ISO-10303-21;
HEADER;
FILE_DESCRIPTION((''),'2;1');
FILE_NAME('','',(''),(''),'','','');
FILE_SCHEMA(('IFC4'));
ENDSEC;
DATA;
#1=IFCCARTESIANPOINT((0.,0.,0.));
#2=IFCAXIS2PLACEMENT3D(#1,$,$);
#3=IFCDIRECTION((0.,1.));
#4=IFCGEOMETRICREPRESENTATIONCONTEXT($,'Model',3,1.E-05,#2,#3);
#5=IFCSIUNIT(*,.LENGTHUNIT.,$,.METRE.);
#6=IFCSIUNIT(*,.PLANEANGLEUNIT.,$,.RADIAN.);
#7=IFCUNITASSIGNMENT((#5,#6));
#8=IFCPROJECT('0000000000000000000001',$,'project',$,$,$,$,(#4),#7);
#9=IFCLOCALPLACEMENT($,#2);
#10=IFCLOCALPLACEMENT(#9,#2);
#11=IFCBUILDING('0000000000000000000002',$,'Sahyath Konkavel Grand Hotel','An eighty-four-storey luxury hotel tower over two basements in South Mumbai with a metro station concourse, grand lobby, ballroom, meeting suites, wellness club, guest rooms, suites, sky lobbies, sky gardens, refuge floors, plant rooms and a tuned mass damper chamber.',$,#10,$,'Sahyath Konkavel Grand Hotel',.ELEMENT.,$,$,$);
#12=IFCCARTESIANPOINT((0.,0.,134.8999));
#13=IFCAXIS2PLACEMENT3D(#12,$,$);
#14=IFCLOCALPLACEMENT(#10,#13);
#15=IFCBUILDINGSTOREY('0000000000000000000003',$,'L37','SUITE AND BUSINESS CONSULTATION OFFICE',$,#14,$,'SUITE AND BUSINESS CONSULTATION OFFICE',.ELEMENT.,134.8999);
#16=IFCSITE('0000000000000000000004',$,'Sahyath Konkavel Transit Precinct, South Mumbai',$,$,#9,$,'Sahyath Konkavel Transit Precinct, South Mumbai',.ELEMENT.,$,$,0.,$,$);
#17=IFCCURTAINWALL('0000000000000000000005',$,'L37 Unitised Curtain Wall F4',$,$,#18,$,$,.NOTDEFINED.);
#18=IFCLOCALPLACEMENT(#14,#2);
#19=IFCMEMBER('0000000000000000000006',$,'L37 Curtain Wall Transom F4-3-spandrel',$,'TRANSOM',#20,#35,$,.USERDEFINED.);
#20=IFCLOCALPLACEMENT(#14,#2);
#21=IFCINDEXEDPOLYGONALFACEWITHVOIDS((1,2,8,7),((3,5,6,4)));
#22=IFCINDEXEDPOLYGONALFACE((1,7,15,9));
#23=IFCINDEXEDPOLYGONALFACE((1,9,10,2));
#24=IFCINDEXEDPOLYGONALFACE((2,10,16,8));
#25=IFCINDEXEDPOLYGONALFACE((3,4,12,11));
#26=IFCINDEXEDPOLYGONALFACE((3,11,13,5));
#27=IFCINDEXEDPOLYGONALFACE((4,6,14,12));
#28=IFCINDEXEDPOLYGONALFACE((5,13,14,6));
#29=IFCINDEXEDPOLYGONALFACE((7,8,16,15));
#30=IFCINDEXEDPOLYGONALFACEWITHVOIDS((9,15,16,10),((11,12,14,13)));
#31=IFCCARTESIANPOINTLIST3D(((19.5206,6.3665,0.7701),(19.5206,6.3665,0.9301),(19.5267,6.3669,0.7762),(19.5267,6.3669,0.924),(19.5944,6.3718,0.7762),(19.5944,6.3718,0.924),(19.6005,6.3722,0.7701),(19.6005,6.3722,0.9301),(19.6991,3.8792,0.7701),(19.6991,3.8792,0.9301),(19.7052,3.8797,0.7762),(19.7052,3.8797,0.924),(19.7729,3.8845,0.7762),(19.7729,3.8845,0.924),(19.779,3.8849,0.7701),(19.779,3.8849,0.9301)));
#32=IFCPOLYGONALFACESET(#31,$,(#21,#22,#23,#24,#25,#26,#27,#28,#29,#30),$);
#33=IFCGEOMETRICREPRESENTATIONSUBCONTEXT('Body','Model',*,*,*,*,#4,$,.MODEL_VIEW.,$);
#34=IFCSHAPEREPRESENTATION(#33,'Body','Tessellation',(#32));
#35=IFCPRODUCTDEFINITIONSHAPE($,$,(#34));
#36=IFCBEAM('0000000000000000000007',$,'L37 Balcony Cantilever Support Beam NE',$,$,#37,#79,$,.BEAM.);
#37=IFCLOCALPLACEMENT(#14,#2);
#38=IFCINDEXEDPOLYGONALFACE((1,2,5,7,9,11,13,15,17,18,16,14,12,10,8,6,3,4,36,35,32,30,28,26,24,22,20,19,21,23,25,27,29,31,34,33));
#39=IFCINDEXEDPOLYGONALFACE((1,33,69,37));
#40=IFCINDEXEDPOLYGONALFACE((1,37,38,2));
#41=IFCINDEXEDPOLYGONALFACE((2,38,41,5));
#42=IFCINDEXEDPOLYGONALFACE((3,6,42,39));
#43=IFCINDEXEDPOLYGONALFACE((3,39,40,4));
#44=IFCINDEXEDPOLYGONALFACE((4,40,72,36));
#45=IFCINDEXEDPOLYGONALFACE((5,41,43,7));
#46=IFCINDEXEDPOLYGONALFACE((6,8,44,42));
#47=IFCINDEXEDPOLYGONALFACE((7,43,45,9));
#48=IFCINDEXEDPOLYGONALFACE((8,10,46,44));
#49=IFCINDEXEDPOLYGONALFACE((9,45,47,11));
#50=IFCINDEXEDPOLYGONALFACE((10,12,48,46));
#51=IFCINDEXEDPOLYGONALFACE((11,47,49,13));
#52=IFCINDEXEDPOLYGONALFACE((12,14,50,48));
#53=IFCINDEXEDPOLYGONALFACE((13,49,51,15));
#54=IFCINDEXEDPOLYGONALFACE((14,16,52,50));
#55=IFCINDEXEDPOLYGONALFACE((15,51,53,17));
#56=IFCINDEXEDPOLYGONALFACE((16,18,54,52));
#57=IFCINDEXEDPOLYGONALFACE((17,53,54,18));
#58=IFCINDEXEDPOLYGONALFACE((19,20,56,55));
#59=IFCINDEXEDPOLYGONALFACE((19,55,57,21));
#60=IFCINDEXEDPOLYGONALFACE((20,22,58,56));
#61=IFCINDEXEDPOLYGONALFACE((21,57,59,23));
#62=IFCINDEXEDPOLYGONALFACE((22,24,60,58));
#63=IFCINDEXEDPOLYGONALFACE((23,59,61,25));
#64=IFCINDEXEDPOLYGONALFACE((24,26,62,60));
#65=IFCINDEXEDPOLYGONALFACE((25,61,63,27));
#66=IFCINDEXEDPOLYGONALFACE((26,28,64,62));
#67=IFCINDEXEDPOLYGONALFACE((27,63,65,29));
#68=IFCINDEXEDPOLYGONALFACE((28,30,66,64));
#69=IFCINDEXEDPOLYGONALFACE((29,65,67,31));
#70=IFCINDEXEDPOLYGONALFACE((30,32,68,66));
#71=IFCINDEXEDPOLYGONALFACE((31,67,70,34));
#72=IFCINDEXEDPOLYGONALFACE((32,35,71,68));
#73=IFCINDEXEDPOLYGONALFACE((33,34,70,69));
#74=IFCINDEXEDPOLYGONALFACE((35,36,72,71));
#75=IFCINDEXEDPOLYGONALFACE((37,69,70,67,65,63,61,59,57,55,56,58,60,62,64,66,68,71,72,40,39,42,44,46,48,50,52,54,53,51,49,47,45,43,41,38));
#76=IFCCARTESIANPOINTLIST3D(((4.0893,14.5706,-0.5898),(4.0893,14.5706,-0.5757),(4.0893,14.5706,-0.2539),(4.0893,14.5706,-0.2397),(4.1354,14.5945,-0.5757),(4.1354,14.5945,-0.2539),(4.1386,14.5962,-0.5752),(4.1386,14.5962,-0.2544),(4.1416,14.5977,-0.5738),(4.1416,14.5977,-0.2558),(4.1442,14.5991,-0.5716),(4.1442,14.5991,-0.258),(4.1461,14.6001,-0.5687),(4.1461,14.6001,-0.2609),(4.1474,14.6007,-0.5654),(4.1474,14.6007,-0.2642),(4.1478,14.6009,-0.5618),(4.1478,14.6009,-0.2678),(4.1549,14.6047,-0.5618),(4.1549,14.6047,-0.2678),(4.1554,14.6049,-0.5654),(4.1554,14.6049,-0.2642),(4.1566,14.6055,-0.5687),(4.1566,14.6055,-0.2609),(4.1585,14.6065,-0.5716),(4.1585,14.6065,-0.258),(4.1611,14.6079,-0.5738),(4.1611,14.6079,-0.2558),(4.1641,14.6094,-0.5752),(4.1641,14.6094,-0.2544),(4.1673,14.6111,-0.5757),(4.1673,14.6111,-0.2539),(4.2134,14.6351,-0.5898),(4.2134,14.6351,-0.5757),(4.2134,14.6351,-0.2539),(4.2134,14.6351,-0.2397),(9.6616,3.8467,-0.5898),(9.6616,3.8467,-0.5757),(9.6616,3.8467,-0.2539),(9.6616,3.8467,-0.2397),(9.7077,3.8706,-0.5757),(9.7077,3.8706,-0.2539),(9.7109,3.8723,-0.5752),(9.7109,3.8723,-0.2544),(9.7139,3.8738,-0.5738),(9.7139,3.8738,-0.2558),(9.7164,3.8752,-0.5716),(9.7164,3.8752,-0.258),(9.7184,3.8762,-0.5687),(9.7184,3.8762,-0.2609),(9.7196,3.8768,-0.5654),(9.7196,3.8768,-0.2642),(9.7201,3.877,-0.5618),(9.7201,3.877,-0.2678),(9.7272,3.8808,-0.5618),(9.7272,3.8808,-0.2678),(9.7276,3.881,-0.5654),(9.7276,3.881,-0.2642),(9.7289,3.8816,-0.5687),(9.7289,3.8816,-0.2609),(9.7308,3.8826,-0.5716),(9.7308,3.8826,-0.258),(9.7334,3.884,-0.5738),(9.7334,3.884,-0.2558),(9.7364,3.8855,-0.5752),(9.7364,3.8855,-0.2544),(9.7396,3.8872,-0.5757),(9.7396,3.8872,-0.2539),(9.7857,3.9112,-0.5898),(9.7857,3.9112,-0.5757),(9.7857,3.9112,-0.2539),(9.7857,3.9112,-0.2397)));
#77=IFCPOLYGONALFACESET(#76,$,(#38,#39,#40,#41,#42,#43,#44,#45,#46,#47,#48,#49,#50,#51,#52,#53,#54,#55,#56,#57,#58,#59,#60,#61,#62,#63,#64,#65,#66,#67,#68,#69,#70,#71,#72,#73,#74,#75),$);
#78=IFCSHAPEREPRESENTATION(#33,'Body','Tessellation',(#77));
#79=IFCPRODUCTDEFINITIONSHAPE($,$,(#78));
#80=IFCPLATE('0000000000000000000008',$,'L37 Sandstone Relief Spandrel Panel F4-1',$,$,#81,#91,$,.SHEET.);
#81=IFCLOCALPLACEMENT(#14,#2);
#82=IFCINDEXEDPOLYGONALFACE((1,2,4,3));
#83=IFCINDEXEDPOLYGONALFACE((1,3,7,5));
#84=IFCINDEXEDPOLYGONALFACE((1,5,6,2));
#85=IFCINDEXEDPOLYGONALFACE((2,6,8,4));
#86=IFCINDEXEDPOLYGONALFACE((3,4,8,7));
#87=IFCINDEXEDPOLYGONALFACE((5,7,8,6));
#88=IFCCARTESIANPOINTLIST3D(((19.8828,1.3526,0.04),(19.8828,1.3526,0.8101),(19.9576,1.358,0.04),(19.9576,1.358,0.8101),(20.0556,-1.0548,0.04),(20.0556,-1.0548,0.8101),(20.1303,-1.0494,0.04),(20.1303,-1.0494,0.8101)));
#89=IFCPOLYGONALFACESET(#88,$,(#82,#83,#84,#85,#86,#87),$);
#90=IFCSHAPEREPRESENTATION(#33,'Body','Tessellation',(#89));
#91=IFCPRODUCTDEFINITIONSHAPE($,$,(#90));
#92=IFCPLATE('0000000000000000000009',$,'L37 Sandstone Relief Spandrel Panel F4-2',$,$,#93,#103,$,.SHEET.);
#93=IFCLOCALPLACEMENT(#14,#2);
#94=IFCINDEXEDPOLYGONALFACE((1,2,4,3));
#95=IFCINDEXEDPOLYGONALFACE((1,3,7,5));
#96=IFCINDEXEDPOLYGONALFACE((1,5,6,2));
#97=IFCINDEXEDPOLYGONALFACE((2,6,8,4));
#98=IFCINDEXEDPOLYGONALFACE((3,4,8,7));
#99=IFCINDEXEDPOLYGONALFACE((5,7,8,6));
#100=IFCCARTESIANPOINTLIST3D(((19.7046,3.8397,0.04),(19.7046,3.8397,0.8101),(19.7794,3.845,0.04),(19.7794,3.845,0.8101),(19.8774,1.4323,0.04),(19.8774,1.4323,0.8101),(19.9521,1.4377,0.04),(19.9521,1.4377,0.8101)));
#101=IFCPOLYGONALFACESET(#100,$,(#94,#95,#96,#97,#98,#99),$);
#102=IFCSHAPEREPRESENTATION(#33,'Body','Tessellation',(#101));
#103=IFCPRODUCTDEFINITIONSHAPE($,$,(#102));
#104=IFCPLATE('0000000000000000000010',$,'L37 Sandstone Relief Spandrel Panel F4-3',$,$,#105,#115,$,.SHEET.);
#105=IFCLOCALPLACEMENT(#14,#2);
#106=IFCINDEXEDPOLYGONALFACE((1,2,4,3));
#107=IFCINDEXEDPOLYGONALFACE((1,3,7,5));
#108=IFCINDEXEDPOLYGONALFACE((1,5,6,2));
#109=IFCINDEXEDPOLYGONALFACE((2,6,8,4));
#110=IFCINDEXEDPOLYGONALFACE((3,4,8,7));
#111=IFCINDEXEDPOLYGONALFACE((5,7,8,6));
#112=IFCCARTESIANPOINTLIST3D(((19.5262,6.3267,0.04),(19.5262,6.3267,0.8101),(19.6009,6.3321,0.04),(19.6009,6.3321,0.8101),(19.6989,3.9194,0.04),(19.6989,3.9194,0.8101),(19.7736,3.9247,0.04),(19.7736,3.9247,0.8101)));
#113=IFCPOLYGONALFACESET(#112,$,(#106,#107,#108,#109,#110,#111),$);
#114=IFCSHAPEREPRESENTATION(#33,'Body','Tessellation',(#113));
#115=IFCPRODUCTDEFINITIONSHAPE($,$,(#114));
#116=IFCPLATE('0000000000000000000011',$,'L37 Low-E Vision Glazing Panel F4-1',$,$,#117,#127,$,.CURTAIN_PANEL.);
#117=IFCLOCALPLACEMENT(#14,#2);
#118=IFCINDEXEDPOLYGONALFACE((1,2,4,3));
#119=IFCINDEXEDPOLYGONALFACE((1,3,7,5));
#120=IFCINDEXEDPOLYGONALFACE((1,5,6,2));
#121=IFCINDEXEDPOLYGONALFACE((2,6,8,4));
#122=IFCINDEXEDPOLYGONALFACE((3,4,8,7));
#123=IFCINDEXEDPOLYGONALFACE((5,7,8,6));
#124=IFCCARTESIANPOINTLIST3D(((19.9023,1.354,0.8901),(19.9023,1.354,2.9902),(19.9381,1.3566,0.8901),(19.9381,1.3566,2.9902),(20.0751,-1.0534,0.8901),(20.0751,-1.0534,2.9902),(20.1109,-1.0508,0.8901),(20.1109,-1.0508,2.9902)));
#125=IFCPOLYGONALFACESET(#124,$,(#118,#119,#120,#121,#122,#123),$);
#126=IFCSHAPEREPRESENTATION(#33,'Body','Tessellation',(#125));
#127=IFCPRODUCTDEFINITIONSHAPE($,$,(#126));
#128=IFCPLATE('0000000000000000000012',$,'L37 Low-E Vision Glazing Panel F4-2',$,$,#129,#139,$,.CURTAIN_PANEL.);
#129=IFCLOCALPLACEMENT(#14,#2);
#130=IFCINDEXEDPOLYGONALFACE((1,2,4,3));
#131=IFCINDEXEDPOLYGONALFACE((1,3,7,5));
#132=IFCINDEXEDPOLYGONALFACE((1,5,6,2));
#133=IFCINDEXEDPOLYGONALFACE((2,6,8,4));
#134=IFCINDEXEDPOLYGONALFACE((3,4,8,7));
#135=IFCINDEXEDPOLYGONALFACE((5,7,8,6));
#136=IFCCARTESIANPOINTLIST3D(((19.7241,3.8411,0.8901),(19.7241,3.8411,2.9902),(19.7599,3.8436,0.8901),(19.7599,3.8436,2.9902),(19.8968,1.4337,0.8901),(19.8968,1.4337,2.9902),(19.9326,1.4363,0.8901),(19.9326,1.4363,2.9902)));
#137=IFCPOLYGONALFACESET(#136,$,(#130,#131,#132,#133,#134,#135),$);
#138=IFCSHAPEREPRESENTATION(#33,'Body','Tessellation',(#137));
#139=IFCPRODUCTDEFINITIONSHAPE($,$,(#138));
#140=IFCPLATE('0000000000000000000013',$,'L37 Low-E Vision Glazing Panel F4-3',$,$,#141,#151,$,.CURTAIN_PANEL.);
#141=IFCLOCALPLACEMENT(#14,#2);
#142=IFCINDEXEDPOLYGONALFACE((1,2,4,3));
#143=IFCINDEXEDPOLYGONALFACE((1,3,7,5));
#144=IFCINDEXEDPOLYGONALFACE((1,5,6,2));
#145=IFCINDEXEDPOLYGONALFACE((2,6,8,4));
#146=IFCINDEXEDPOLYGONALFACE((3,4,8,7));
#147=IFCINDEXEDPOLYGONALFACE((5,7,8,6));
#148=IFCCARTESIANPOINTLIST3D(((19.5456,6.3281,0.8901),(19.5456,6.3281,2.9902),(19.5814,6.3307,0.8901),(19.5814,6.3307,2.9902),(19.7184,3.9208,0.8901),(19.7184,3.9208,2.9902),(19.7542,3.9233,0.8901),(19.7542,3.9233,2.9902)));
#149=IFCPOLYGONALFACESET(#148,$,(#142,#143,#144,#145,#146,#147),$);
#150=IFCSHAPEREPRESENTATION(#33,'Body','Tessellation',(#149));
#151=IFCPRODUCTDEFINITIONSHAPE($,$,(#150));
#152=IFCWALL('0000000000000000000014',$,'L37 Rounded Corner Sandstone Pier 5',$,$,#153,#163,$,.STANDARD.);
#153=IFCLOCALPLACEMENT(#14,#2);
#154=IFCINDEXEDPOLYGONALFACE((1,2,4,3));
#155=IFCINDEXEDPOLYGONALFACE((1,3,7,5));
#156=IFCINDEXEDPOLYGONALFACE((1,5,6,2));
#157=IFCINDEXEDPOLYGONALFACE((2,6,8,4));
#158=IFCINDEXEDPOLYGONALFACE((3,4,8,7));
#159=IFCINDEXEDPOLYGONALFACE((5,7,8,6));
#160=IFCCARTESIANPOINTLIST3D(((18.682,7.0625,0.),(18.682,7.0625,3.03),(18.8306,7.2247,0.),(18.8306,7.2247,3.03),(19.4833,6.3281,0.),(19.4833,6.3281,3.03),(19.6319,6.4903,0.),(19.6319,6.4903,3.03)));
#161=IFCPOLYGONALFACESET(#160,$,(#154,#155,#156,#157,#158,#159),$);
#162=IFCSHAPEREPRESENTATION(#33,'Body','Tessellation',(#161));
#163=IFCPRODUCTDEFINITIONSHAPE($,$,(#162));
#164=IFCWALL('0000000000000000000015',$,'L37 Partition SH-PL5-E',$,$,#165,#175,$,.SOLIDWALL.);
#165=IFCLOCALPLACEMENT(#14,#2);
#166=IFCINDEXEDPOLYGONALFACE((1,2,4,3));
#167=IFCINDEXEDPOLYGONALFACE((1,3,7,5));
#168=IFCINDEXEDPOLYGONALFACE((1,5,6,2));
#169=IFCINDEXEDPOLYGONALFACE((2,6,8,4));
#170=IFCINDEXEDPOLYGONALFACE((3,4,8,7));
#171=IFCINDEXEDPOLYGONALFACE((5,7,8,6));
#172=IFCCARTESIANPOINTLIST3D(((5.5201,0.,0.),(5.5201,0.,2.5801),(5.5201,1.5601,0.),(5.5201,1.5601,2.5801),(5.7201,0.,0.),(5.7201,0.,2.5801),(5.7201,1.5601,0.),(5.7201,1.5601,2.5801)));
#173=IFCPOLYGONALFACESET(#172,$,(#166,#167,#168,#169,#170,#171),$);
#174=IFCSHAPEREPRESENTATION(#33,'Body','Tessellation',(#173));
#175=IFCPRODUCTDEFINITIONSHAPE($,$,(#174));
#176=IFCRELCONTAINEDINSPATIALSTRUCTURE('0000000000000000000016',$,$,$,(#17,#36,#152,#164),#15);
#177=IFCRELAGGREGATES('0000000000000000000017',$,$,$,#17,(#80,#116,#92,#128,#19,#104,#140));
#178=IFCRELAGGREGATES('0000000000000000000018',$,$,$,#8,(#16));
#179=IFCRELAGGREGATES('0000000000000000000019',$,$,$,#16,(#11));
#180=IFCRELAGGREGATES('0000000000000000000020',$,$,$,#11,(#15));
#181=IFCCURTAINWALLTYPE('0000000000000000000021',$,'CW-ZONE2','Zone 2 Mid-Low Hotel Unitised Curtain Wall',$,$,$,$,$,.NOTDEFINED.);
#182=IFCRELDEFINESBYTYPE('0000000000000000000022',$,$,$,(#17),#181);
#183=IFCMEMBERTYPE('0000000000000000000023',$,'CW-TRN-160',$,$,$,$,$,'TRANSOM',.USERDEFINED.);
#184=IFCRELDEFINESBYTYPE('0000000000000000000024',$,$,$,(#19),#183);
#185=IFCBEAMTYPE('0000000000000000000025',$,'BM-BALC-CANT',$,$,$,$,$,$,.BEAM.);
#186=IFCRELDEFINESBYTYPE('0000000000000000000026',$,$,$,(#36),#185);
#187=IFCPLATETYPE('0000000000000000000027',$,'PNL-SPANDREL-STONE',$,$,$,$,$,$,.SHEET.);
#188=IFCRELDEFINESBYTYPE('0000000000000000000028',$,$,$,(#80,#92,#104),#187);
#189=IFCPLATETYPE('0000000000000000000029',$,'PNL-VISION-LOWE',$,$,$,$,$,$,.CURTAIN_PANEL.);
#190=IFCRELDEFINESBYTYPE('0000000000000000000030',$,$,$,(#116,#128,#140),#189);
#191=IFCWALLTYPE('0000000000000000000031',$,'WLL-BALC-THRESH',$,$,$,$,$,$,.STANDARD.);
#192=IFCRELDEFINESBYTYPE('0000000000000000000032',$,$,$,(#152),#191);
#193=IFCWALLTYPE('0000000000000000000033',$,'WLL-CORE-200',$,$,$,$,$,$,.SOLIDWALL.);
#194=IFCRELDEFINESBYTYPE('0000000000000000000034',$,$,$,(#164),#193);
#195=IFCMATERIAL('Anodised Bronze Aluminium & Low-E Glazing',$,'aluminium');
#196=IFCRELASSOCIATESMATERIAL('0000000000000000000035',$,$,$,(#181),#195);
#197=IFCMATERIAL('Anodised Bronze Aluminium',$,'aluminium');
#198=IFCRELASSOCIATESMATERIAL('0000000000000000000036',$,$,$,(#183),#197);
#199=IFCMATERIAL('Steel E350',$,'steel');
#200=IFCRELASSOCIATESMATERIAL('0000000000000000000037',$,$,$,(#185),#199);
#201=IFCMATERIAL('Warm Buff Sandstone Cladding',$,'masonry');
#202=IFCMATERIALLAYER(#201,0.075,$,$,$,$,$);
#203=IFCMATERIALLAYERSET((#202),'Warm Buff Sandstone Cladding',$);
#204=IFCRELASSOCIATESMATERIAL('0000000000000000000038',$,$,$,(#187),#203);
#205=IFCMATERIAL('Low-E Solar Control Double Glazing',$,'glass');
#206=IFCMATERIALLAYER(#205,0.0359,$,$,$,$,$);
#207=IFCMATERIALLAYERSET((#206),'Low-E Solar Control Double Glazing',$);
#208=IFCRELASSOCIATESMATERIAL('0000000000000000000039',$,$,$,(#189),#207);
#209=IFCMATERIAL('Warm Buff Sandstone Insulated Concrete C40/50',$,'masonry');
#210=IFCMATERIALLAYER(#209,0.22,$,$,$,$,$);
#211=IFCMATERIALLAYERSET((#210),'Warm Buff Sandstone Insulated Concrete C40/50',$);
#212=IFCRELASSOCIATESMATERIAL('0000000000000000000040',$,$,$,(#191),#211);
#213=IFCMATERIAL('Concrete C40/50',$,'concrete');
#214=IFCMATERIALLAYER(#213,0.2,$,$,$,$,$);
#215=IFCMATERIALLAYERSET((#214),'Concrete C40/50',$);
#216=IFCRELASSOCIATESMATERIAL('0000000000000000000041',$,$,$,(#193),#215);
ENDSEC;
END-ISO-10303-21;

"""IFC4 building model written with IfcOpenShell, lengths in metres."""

from ifc_helpers import new_model, si_unit, direction, frame, frame_2d, origin, origin_2d, place, context, subcontext, project, spatial, rectangle, hollow_rectangle, i_section, extrude, source, transform, mapped, material, layer, layer_set, material_profile, profile_set, type_object, element, aggregate, save


model = new_model("IFC4")

# Units and contexts
model_context = context("Model", 3, precision=1e-05, world=origin(), true_north=direction((0.0, 1.0)))
body_context = subcontext(model_context, "Body", "Model", "MODEL_VIEW")
ifc_project = project(units=[si_unit("LENGTHUNIT", "METRE"), si_unit("PLANEANGLEUNIT", "RADIAN")], contexts=[model_context])

# Site, building, storey
site_placement = place(None, origin())
site = spatial("IfcSite", under=ifc_project, at=site_placement, Name="Sahyath Konkavel Transit Precinct, South Mumbai", LongName="Sahyath Konkavel Transit Precinct, South Mumbai", CompositionType="ELEMENT", RefElevation=0.0)
building_placement = place(site_placement, origin())
building = spatial("IfcBuilding", under=site, at=building_placement, Name="Sahyath Konkavel Grand Hotel", Description="An eighty-four-storey luxury hotel tower over two basements in South Mumbai with a metro station concourse, grand lobby, ballroom, meeting suites, wellness club, guest rooms, suites, sky lobbies, sky gardens, refuge floors, plant rooms and a tuned mass damper chamber.", LongName="Sahyath Konkavel Grand Hotel", CompositionType="ELEMENT")
storey_placement = place(building_placement, frame((0.0, 0.0, 134.8999)))
storey = spatial("IfcBuildingStorey", under=building, at=storey_placement, Name="L37", Description="SUITE AND BUSINESS CONSULTATION OFFICE", LongName="SUITE AND BUSINESS CONSULTATION OFFICE", CompositionType="ELEMENT", Elevation=134.8999)

# Shared definitions
ifc_material_1 = material(Name="Steel E350", Category="steel")

# Curtain wall, member
ifc_material_2 = material(Name="Anodised Bronze Aluminium & Low-E Glazing", Category="aluminium")
curtain_wall_type = type_object("IfcCurtainWallType", Name="CW-ZONE2", Description="Zone 2 Mid-Low Hotel Unitised Curtain Wall", PredefinedType="NOTDEFINED", material=ifc_material_2)
curtain_wall_placement = place(storey_placement, origin())
curtain_wall = element("IfcCurtainWall", 1, at=curtain_wall_placement, inside=storey, type_object=curtain_wall_type, Name="L37 Unitised Curtain Wall F4", PredefinedType="NOTDEFINED")
ifc_material_3 = material(Name="Anodised Bronze Aluminium", Category="aluminium")
ifc_material_profile_1 = material_profile(ifc_material_3, hollow_rectangle(XDim=0.0801, YDim=0.1599, WallThickness=0.0061, at=origin_2d()), Name="RHS 160x80x6")
ifc_profile_set_1 = profile_set([ifc_material_profile_1], Name="Anodised Bronze Aluminium")
member_type_1 = type_object("IfcMemberType", Name="CW-TRN-160", ElementType="TRANSOM", PredefinedType="USERDEFINED", material=ifc_profile_set_1)
shared_shape_1 = source(origin(), body_context, "Body", "SweptSolid", [
    extrude(hollow_rectangle(XDim=0.0801, YDim=0.1599, WallThickness=0.0061, at=origin_2d()), origin(), (0.0, 0.0, 1.0), 2.4937),
])
member_1_placement = place(storey_placement, frame((19.739, 3.8821, 0.8501), z_axis=(-0.071567, 0.997436, 0.0), x_axis=(-0.997436, -0.071567, 0.0)))
member_1 = element("IfcMember", 2, at=member_1_placement, type_object=member_type_1, Name="L37 Curtain Wall Transom F4-3-spandrel", ObjectType="TRANSOM", PredefinedType="USERDEFINED", context=body_context, shape_type="MappedRepresentation", body=[
    mapped(shared_shape_1, transform((0.0, 0.0, 0.0), scale=1.0)),
])

# Beam
ifc_material_profile_2 = material_profile(ifc_material_1, i_section(OverallWidth=0.1399, OverallDepth=0.3501, WebThickness=0.0081, FlangeThickness=0.0142, FilletRadius=0.0139, at=origin_2d()), Name="ISMB 350")
ifc_profile_set_2 = profile_set([ifc_material_profile_2], Name="Steel E350")
beam_type_1 = type_object("IfcBeamType", Name="BM-BALC-CANT", PredefinedType="BEAM", material=ifc_profile_set_2)
shared_shape_2 = source(origin(), body_context, "Body", "SweptSolid", [
    extrude(i_section(OverallWidth=0.1399, OverallDepth=0.3501, WebThickness=0.0081, FlangeThickness=0.0142, FilletRadius=0.0139, at=origin_2d()), origin(), (0.0, 0.0, 1.0), 12.0852),
])
beam_1_placement = place(storey_placement, frame((9.7236, 3.8789, -0.4148), z_axis=(-0.461082, 0.887357, 0.0), x_axis=(-0.887357, -0.461082, 0.0)))
element("IfcBeam", 3, at=beam_1_placement, inside=storey, type_object=beam_type_1, Name="L37 Balcony Cantilever Support Beam NE", PredefinedType="BEAM", context=body_context, shape_type="MappedRepresentation", body=[
    mapped(shared_shape_2, transform((0.0, 0.0, 0.0), scale=1.0)),
])

# Plates
ifc_material_4 = material(Name="Warm Buff Sandstone Cladding", Category="masonry")
ifc_layer_1 = layer(ifc_material_4, 0.075)
ifc_layer_set_1 = layer_set([ifc_layer_1], Name="Warm Buff Sandstone Cladding")
plate_type_1 = type_object("IfcPlateType", Name="PNL-SPANDREL-STONE", PredefinedType="SHEET", material=ifc_layer_set_1)
shared_shape_3 = source(origin(), body_context, "Body", "SweptSolid", [
    extrude(rectangle(XDim=2.4136, YDim=0.075, at=origin_2d()), origin(), (0.0, 0.0, 1.0), 0.77),
])
plate_1_placement = place(storey_placement, frame((20.0066, 0.1516, 0.04), z_axis=(0.0, 0.0, 1.0), x_axis=(-0.071567, 0.997436, 0.0)))
plate_1 = element("IfcPlate", 4, at=plate_1_placement, type_object=plate_type_1, Name="L37 Sandstone Relief Spandrel Panel F4-1", PredefinedType="SHEET", context=body_context, shape_type="MappedRepresentation", body=[
    mapped(shared_shape_3, transform((0.0, 0.0, 0.0), scale=1.0)),
])
plate_2_placement = place(storey_placement, frame((19.8284, 2.6387, 0.04), z_axis=(0.0, 0.0, 1.0), x_axis=(-0.071567, 0.997436, 0.0)))
plate_2 = element("IfcPlate", 5, at=plate_2_placement, type_object=plate_type_1, Name="L37 Sandstone Relief Spandrel Panel F4-2", PredefinedType="SHEET", context=body_context, shape_type="MappedRepresentation", body=[
    mapped(shared_shape_3, transform((0.0, 0.0, 0.0), scale=1.0)),
])
plate_3_placement = place(storey_placement, frame((19.6499, 5.1257, 0.04), z_axis=(0.0, 0.0, 1.0), x_axis=(-0.071567, 0.997436, 0.0)))
plate_3 = element("IfcPlate", 6, at=plate_3_placement, type_object=plate_type_1, Name="L37 Sandstone Relief Spandrel Panel F4-3", PredefinedType="SHEET", context=body_context, shape_type="MappedRepresentation", body=[
    mapped(shared_shape_3, transform((0.0, 0.0, 0.0), scale=1.0)),
])
ifc_material_5 = material(Name="Low-E Solar Control Double Glazing", Category="glass")
ifc_layer_2 = layer(ifc_material_5, 0.0359)
ifc_layer_set_2 = layer_set([ifc_layer_2], Name="Low-E Solar Control Double Glazing")
plate_type_2 = type_object("IfcPlateType", Name="PNL-VISION-LOWE", PredefinedType="CURTAIN_PANEL", material=ifc_layer_set_2)
shared_shape_4 = source(origin(), body_context, "Body", "SweptSolid", [
    extrude(rectangle(XDim=2.4136, YDim=0.0359, at=origin_2d()), origin(), (0.0, 0.0, 1.0), 2.1001),
])
plate_4_placement = place(storey_placement, frame((20.0066, 0.1516, 0.8901), z_axis=(0.0, 0.0, 1.0), x_axis=(-0.071567, 0.997436, 0.0)))
plate_4 = element("IfcPlate", 7, at=plate_4_placement, type_object=plate_type_2, Name="L37 Low-E Vision Glazing Panel F4-1", PredefinedType="CURTAIN_PANEL", context=body_context, shape_type="MappedRepresentation", body=[
    mapped(shared_shape_4, transform((0.0, 0.0, 0.0), scale=1.0)),
])
plate_5_placement = place(storey_placement, frame((19.8284, 2.6387, 0.8901), z_axis=(0.0, 0.0, 1.0), x_axis=(-0.071567, 0.997436, 0.0)))
plate_5 = element("IfcPlate", 8, at=plate_5_placement, type_object=plate_type_2, Name="L37 Low-E Vision Glazing Panel F4-2", PredefinedType="CURTAIN_PANEL", context=body_context, shape_type="MappedRepresentation", body=[
    mapped(shared_shape_4, transform((0.0, 0.0, 0.0), scale=1.0)),
])
plate_6_placement = place(storey_placement, frame((19.6499, 5.1257, 0.8901), z_axis=(0.0, 0.0, 1.0), x_axis=(-0.071567, 0.997436, 0.0)))
plate_6 = element("IfcPlate", 9, at=plate_6_placement, type_object=plate_type_2, Name="L37 Low-E Vision Glazing Panel F4-3", PredefinedType="CURTAIN_PANEL", context=body_context, shape_type="MappedRepresentation", body=[
    mapped(shared_shape_4, transform((0.0, 0.0, 0.0), scale=1.0)),
])
aggregate(curtain_wall, [plate_1, plate_4, plate_2, plate_5, member_1, plate_3, plate_6])

# Walls
ifc_material_6 = material(Name="Warm Buff Sandstone Insulated Concrete C40/50", Category="masonry")
ifc_layer_3 = layer(ifc_material_6, 0.22)
ifc_layer_set_3 = layer_set([ifc_layer_3], Name="Warm Buff Sandstone Insulated Concrete C40/50")
wall_type_1 = type_object("IfcWallType", Name="WLL-BALC-THRESH", PredefinedType="STANDARD", material=ifc_layer_set_3)
wall_1_placement = place(storey_placement, frame((19.5576, 6.4092, 0.0), z_axis=(0.0, 0.0, 1.0), x_axis=(-0.73721, 0.675664, 0.0)))
element("IfcWall", 10, at=wall_1_placement, inside=storey, type_object=wall_type_1, Name="L37 Rounded Corner Sandstone Pier 5", PredefinedType="STANDARD", context=body_context, shape_type="SweptSolid", body=[
    extrude(rectangle(XDim=1.0869, YDim=0.22, at=frame_2d((0.5435, 0.0))), origin(), (0.0, 0.0, 1.0), 3.03),
])
ifc_material_7 = material(Name="Concrete C40/50", Category="concrete")
ifc_layer_4 = layer(ifc_material_7, 0.2)
ifc_layer_set_4 = layer_set([ifc_layer_4], Name="Concrete C40/50")
wall_type_2 = type_object("IfcWallType", Name="WLL-CORE-200", PredefinedType="SOLIDWALL", material=ifc_layer_set_4)
wall_2_placement = place(storey_placement, frame((5.6201, 0.0, 0.0), z_axis=(0.0, 0.0, 1.0), x_axis=(0.0, 1.0, 0.0)))
element("IfcWall", 11, at=wall_2_placement, inside=storey, type_object=wall_type_2, Name="L37 Partition SH-PL5-E", PredefinedType="SOLIDWALL", context=body_context, shape_type="SweptSolid", body=[
    extrude(rectangle(XDim=1.5601, YDim=0.2, at=frame_2d((0.78, 0.0))), origin(), (0.0, 0.0, 1.0), 2.5801),
])

save(model, "model.ifc")
